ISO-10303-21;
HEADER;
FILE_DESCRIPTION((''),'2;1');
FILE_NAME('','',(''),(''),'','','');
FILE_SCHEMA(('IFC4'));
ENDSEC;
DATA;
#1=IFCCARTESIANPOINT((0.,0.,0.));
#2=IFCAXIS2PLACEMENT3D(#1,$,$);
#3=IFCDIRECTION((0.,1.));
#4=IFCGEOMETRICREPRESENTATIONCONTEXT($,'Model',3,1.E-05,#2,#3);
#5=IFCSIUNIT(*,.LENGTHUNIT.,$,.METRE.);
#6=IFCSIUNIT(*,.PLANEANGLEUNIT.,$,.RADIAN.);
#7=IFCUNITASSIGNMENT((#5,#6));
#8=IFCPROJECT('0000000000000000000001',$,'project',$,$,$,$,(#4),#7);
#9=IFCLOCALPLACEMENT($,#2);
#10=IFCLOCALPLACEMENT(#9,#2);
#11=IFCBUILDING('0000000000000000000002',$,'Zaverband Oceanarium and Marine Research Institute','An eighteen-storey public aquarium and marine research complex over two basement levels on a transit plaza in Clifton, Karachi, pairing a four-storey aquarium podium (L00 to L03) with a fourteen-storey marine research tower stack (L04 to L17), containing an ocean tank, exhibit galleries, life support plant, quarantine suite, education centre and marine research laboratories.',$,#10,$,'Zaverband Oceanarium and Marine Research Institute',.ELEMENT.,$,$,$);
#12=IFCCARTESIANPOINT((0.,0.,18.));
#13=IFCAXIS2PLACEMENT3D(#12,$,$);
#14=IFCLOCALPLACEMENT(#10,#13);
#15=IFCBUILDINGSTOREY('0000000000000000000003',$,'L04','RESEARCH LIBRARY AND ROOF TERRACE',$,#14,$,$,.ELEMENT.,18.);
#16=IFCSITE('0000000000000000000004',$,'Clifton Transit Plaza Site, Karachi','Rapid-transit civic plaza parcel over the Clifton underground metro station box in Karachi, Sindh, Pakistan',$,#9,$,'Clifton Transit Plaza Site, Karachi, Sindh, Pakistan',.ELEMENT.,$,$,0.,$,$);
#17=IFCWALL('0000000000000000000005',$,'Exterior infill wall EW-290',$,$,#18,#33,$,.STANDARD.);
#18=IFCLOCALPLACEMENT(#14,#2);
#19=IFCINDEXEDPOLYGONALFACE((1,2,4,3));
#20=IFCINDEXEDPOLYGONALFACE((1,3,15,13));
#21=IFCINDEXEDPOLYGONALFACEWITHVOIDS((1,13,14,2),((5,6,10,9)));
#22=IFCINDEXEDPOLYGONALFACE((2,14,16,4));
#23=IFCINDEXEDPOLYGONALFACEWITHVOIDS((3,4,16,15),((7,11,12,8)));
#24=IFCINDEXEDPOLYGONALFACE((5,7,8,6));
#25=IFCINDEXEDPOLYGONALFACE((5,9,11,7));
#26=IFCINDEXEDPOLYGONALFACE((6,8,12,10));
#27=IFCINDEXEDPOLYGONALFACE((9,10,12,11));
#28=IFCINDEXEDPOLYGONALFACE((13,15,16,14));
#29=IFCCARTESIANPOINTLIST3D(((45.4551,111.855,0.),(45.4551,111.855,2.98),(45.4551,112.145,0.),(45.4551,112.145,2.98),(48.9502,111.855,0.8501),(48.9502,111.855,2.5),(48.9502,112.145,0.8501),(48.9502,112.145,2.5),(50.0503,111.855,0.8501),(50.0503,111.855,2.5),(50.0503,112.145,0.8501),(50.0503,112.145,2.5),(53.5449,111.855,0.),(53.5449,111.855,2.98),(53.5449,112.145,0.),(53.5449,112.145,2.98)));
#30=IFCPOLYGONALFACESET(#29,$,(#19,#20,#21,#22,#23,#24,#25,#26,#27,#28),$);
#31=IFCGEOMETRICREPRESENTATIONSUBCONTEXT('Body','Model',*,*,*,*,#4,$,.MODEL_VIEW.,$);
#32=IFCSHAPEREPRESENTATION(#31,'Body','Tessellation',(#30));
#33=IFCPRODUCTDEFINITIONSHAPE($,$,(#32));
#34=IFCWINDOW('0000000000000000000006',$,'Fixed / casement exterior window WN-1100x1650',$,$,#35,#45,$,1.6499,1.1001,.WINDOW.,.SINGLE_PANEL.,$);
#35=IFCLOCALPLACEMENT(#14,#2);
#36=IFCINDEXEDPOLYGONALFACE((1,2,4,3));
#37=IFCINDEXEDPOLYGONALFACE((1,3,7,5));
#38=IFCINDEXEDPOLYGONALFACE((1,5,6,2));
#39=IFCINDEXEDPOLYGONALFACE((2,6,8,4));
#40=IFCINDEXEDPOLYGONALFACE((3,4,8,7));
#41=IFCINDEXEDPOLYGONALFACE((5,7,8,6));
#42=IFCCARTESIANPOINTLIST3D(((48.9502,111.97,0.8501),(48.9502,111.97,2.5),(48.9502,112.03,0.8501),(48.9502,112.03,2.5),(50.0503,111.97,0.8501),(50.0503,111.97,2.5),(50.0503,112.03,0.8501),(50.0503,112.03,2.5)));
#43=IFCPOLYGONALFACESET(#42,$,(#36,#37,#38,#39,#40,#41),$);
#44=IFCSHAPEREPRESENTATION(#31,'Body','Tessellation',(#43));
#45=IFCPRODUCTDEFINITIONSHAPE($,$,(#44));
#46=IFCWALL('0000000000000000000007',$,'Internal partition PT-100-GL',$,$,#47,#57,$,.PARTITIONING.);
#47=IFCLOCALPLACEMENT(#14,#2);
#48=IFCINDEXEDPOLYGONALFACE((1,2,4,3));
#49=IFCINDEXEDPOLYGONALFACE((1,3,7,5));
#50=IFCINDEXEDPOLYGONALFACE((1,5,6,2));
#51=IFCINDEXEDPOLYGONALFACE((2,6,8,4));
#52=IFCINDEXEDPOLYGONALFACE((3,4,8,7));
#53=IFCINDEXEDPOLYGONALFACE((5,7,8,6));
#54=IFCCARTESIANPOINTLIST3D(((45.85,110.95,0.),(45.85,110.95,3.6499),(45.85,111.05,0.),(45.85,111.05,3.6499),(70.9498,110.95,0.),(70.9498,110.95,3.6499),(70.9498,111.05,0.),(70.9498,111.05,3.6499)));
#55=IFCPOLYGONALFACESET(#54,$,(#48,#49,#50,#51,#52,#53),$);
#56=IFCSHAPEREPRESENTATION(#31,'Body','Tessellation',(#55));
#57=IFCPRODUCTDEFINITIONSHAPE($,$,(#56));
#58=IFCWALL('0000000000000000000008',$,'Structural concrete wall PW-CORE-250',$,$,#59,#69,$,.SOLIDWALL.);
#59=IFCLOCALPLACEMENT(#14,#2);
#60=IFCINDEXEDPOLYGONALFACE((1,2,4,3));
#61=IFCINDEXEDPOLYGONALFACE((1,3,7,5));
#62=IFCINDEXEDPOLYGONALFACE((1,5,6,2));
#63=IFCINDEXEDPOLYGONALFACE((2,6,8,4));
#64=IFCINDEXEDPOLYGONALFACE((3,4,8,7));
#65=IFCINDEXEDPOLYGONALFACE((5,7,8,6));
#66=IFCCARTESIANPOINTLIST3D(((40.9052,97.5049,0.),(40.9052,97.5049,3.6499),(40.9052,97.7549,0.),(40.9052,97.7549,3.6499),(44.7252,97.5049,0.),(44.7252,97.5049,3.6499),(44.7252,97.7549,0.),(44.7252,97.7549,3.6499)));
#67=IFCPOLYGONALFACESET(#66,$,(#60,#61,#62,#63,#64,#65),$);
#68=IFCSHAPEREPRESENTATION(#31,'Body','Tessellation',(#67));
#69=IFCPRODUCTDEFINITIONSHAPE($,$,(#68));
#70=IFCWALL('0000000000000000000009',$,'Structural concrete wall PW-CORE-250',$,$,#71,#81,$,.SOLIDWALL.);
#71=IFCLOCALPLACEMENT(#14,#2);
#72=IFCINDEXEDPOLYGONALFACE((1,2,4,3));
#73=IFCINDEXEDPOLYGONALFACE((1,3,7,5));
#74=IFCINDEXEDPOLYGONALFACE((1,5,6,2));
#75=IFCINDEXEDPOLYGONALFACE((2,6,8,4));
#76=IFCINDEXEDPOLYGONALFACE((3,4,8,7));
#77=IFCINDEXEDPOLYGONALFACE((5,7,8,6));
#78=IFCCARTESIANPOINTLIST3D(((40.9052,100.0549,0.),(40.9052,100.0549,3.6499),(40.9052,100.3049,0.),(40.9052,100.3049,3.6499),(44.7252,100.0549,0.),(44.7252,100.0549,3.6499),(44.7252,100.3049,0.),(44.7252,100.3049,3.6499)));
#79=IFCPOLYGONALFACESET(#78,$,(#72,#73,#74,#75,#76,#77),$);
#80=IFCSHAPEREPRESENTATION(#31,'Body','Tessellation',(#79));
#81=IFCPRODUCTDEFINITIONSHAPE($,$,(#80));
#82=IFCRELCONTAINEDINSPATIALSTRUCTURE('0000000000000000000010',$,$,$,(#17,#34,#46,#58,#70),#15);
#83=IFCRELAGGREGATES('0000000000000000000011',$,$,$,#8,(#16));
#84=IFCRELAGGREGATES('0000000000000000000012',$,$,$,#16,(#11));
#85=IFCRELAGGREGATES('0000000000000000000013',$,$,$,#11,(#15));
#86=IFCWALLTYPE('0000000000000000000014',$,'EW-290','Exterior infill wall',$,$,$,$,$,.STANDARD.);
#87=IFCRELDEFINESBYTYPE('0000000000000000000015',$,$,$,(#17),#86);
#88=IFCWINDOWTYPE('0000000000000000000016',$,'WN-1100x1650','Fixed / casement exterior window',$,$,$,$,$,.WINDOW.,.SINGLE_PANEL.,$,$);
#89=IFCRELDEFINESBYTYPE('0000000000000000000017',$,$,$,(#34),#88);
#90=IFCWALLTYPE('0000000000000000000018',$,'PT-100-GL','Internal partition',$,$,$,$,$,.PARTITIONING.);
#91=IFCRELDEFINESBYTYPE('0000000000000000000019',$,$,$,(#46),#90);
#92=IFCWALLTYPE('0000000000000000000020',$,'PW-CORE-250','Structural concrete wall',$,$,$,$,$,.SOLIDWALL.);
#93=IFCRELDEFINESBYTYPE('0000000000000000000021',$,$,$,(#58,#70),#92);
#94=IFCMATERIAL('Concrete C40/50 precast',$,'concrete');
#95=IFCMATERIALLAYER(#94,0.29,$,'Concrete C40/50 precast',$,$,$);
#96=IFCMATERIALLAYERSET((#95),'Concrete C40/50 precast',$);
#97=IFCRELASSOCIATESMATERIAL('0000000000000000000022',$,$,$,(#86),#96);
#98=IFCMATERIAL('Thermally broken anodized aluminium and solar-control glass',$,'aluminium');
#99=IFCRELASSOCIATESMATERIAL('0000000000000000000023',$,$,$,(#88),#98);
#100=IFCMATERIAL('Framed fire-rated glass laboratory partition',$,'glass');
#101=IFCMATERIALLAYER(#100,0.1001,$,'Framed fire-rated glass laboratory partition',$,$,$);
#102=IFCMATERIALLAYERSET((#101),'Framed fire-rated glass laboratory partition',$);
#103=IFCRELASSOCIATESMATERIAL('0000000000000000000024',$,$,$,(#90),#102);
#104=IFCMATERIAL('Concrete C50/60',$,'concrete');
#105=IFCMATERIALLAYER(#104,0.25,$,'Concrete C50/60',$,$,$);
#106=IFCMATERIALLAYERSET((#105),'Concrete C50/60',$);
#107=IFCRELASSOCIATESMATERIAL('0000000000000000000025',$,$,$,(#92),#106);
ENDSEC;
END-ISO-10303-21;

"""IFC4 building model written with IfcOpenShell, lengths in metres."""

from ifc_helpers import new_model, si_unit, direction, frame, frame_2d, origin, place, context, subcontext, project, spatial, rectangle, extrude, material, layer, layer_set, type_object, element, fill, save


model = new_model("IFC4")

# Units and contexts
model_context = context("Model", 3, precision=1e-05, world=origin(), true_north=direction((0.0, 1.0)))
body_context = subcontext(model_context, "Body", "Model", "MODEL_VIEW")
ifc_project = project(units=[si_unit("LENGTHUNIT", "METRE"), si_unit("PLANEANGLEUNIT", "RADIAN")], contexts=[model_context])

# Site, building, storey
site_placement = place(None, origin())
site = spatial("IfcSite", under=ifc_project, at=site_placement, Name="Clifton Transit Plaza Site, Karachi", Description="Rapid-transit civic plaza parcel over the Clifton underground metro station box in Karachi, Sindh, Pakistan", LongName="Clifton Transit Plaza Site, Karachi, Sindh, Pakistan", CompositionType="ELEMENT", RefElevation=0.0)
building_placement = place(site_placement, origin())
building = spatial("IfcBuilding", under=site, at=building_placement, Name="Zaverband Oceanarium and Marine Research Institute", Description="An eighteen-storey public aquarium and marine research complex over two basement levels on a transit plaza in Clifton, Karachi, pairing a four-storey aquarium podium (L00 to L03) with a fourteen-storey marine research tower stack (L04 to L17), containing an ocean tank, exhibit galleries, life support plant, quarantine suite, education centre and marine research laboratories.", LongName="Zaverband Oceanarium and Marine Research Institute", CompositionType="ELEMENT")
storey_placement = place(building_placement, frame((0.0, 0.0, 18.0)))
storey = spatial("IfcBuildingStorey", under=building, at=storey_placement, Name="L04", Description="RESEARCH LIBRARY AND ROOF TERRACE", CompositionType="ELEMENT", Elevation=18.0)

# Shared definitions
ifc_material_1 = material(Name="Concrete C50/60", Category="concrete")

# Shared definitions
ifc_material_2 = material(Name="Thermally broken anodized aluminium and solar-control glass", Category="aluminium")

# Wall, opening, window
ifc_material_3 = material(Name="Concrete C40/50 precast", Category="concrete")
ifc_layer_1 = layer(ifc_material_3, 0.29, Name="Concrete C40/50 precast")
ifc_layer_set_1 = layer_set([ifc_layer_1], Name="Concrete C40/50 precast")
wall_type_1 = type_object("IfcWallType", Name="EW-290", Description="Exterior infill wall", PredefinedType="STANDARD", material=ifc_layer_set_1)
wall_1_placement = place(storey_placement, frame((45.4551, 112.0, 0.0), z_axis=(0.0, 0.0, 1.0), x_axis=(1.0, 0.0, 0.0)))
wall_1 = element("IfcWall", 1, at=wall_1_placement, inside=storey, type_object=wall_type_1, Name="Exterior infill wall EW-290", PredefinedType="STANDARD", context=body_context, shape_type="SweptSolid", body=[
    extrude(rectangle(XDim=8.0898, YDim=0.29, at=frame_2d((4.0449, 0.0))), origin(), (0.0, 0.0, 1.0), 2.98),
])
opening_placement = place(wall_1_placement, frame((3.4951, 0.0, 0.8501)))
opening = element("IfcOpeningElement", 2, at=opening_placement, cuts=wall_1, PredefinedType="OPENING", context=body_context, shape_type="SweptSolid", body=[
    extrude(rectangle(XDim=1.1001, YDim=1.6499, at=frame_2d((0.55, 0.825))), frame((0.0, 0.157, 0.0), z_axis=(0.0, -1.0, 0.0), x_axis=(1.0, 0.0, 0.0)), (0.0, 0.0, 1.0), 0.314),
])
window_type = type_object("IfcWindowType", Name="WN-1100x1650", Description="Fixed / casement exterior window", PartitioningType="SINGLE_PANEL", PredefinedType="WINDOW", material=ifc_material_2)
window_placement = place(opening_placement, origin())
window = element("IfcWindow", 3, at=window_placement, inside=storey, type_object=window_type, Name="Fixed / casement exterior window WN-1100x1650", OverallHeight=1.6499, OverallWidth=1.1001, PartitioningType="SINGLE_PANEL", PredefinedType="WINDOW", context=body_context, shape_type="SweptSolid", body=[
    extrude(rectangle(XDim=1.1001, YDim=1.6499, at=frame_2d((0.55, 0.825))), frame((0.0, 0.03, 0.0), z_axis=(0.0, -1.0, 0.0), x_axis=(1.0, 0.0, 0.0)), (0.0, 0.0, 1.0), 0.0601),
])
fill(opening, window)

# Walls
ifc_material_4 = material(Name="Framed fire-rated glass laboratory partition", Category="glass")
ifc_layer_2 = layer(ifc_material_4, 0.1001, Name="Framed fire-rated glass laboratory partition")
ifc_layer_set_2 = layer_set([ifc_layer_2], Name="Framed fire-rated glass laboratory partition")
wall_type_2 = type_object("IfcWallType", Name="PT-100-GL", Description="Internal partition", PredefinedType="PARTITIONING", material=ifc_layer_set_2)
wall_2_placement = place(storey_placement, frame((45.8501, 111.0, 0.0), z_axis=(0.0, 0.0, 1.0), x_axis=(1.0, 0.0, 0.0)))
element("IfcWall", 4, at=wall_2_placement, inside=storey, type_object=wall_type_2, Name="Internal partition PT-100-GL", PredefinedType="PARTITIONING", context=body_context, shape_type="SweptSolid", body=[
    extrude(rectangle(XDim=25.0999, YDim=0.1001, at=frame_2d((12.5498, 0.0))), origin(), (0.0, 0.0, 1.0), 3.6499),
])
ifc_layer_3 = layer(ifc_material_1, 0.25, Name="Concrete C50/60")
ifc_layer_set_3 = layer_set([ifc_layer_3], Name="Concrete C50/60")
wall_type_3 = type_object("IfcWallType", Name="PW-CORE-250", Description="Structural concrete wall", PredefinedType="SOLIDWALL", material=ifc_layer_set_3)
for number, where, z_axis, x_axis, name in (
    (5, (40.905, 97.6299, 0.0), (0.0, 0.0, 1.0), (1.0, 0.0, 0.0), "Structural concrete wall PW-CORE-250"),
    (6, (40.905, 100.1799, 0.0), (0.0, 0.0, 1.0), (1.0, 0.0, 0.0), "Structural concrete wall PW-CORE-250"),
):
    element("IfcWall", number, at=place(storey_placement, frame(where, z_axis=z_axis, x_axis=x_axis)), inside=storey, type_object=wall_type_3, Name=name, PredefinedType="SOLIDWALL", context=body_context, shape_type="SweptSolid", body=[
        extrude(rectangle(XDim=3.8201, YDim=0.25, at=frame_2d((1.9102, 0.0))), origin(), (0.0, 0.0, 1.0), 3.6499),
    ])

save(model, "model.ifc")
